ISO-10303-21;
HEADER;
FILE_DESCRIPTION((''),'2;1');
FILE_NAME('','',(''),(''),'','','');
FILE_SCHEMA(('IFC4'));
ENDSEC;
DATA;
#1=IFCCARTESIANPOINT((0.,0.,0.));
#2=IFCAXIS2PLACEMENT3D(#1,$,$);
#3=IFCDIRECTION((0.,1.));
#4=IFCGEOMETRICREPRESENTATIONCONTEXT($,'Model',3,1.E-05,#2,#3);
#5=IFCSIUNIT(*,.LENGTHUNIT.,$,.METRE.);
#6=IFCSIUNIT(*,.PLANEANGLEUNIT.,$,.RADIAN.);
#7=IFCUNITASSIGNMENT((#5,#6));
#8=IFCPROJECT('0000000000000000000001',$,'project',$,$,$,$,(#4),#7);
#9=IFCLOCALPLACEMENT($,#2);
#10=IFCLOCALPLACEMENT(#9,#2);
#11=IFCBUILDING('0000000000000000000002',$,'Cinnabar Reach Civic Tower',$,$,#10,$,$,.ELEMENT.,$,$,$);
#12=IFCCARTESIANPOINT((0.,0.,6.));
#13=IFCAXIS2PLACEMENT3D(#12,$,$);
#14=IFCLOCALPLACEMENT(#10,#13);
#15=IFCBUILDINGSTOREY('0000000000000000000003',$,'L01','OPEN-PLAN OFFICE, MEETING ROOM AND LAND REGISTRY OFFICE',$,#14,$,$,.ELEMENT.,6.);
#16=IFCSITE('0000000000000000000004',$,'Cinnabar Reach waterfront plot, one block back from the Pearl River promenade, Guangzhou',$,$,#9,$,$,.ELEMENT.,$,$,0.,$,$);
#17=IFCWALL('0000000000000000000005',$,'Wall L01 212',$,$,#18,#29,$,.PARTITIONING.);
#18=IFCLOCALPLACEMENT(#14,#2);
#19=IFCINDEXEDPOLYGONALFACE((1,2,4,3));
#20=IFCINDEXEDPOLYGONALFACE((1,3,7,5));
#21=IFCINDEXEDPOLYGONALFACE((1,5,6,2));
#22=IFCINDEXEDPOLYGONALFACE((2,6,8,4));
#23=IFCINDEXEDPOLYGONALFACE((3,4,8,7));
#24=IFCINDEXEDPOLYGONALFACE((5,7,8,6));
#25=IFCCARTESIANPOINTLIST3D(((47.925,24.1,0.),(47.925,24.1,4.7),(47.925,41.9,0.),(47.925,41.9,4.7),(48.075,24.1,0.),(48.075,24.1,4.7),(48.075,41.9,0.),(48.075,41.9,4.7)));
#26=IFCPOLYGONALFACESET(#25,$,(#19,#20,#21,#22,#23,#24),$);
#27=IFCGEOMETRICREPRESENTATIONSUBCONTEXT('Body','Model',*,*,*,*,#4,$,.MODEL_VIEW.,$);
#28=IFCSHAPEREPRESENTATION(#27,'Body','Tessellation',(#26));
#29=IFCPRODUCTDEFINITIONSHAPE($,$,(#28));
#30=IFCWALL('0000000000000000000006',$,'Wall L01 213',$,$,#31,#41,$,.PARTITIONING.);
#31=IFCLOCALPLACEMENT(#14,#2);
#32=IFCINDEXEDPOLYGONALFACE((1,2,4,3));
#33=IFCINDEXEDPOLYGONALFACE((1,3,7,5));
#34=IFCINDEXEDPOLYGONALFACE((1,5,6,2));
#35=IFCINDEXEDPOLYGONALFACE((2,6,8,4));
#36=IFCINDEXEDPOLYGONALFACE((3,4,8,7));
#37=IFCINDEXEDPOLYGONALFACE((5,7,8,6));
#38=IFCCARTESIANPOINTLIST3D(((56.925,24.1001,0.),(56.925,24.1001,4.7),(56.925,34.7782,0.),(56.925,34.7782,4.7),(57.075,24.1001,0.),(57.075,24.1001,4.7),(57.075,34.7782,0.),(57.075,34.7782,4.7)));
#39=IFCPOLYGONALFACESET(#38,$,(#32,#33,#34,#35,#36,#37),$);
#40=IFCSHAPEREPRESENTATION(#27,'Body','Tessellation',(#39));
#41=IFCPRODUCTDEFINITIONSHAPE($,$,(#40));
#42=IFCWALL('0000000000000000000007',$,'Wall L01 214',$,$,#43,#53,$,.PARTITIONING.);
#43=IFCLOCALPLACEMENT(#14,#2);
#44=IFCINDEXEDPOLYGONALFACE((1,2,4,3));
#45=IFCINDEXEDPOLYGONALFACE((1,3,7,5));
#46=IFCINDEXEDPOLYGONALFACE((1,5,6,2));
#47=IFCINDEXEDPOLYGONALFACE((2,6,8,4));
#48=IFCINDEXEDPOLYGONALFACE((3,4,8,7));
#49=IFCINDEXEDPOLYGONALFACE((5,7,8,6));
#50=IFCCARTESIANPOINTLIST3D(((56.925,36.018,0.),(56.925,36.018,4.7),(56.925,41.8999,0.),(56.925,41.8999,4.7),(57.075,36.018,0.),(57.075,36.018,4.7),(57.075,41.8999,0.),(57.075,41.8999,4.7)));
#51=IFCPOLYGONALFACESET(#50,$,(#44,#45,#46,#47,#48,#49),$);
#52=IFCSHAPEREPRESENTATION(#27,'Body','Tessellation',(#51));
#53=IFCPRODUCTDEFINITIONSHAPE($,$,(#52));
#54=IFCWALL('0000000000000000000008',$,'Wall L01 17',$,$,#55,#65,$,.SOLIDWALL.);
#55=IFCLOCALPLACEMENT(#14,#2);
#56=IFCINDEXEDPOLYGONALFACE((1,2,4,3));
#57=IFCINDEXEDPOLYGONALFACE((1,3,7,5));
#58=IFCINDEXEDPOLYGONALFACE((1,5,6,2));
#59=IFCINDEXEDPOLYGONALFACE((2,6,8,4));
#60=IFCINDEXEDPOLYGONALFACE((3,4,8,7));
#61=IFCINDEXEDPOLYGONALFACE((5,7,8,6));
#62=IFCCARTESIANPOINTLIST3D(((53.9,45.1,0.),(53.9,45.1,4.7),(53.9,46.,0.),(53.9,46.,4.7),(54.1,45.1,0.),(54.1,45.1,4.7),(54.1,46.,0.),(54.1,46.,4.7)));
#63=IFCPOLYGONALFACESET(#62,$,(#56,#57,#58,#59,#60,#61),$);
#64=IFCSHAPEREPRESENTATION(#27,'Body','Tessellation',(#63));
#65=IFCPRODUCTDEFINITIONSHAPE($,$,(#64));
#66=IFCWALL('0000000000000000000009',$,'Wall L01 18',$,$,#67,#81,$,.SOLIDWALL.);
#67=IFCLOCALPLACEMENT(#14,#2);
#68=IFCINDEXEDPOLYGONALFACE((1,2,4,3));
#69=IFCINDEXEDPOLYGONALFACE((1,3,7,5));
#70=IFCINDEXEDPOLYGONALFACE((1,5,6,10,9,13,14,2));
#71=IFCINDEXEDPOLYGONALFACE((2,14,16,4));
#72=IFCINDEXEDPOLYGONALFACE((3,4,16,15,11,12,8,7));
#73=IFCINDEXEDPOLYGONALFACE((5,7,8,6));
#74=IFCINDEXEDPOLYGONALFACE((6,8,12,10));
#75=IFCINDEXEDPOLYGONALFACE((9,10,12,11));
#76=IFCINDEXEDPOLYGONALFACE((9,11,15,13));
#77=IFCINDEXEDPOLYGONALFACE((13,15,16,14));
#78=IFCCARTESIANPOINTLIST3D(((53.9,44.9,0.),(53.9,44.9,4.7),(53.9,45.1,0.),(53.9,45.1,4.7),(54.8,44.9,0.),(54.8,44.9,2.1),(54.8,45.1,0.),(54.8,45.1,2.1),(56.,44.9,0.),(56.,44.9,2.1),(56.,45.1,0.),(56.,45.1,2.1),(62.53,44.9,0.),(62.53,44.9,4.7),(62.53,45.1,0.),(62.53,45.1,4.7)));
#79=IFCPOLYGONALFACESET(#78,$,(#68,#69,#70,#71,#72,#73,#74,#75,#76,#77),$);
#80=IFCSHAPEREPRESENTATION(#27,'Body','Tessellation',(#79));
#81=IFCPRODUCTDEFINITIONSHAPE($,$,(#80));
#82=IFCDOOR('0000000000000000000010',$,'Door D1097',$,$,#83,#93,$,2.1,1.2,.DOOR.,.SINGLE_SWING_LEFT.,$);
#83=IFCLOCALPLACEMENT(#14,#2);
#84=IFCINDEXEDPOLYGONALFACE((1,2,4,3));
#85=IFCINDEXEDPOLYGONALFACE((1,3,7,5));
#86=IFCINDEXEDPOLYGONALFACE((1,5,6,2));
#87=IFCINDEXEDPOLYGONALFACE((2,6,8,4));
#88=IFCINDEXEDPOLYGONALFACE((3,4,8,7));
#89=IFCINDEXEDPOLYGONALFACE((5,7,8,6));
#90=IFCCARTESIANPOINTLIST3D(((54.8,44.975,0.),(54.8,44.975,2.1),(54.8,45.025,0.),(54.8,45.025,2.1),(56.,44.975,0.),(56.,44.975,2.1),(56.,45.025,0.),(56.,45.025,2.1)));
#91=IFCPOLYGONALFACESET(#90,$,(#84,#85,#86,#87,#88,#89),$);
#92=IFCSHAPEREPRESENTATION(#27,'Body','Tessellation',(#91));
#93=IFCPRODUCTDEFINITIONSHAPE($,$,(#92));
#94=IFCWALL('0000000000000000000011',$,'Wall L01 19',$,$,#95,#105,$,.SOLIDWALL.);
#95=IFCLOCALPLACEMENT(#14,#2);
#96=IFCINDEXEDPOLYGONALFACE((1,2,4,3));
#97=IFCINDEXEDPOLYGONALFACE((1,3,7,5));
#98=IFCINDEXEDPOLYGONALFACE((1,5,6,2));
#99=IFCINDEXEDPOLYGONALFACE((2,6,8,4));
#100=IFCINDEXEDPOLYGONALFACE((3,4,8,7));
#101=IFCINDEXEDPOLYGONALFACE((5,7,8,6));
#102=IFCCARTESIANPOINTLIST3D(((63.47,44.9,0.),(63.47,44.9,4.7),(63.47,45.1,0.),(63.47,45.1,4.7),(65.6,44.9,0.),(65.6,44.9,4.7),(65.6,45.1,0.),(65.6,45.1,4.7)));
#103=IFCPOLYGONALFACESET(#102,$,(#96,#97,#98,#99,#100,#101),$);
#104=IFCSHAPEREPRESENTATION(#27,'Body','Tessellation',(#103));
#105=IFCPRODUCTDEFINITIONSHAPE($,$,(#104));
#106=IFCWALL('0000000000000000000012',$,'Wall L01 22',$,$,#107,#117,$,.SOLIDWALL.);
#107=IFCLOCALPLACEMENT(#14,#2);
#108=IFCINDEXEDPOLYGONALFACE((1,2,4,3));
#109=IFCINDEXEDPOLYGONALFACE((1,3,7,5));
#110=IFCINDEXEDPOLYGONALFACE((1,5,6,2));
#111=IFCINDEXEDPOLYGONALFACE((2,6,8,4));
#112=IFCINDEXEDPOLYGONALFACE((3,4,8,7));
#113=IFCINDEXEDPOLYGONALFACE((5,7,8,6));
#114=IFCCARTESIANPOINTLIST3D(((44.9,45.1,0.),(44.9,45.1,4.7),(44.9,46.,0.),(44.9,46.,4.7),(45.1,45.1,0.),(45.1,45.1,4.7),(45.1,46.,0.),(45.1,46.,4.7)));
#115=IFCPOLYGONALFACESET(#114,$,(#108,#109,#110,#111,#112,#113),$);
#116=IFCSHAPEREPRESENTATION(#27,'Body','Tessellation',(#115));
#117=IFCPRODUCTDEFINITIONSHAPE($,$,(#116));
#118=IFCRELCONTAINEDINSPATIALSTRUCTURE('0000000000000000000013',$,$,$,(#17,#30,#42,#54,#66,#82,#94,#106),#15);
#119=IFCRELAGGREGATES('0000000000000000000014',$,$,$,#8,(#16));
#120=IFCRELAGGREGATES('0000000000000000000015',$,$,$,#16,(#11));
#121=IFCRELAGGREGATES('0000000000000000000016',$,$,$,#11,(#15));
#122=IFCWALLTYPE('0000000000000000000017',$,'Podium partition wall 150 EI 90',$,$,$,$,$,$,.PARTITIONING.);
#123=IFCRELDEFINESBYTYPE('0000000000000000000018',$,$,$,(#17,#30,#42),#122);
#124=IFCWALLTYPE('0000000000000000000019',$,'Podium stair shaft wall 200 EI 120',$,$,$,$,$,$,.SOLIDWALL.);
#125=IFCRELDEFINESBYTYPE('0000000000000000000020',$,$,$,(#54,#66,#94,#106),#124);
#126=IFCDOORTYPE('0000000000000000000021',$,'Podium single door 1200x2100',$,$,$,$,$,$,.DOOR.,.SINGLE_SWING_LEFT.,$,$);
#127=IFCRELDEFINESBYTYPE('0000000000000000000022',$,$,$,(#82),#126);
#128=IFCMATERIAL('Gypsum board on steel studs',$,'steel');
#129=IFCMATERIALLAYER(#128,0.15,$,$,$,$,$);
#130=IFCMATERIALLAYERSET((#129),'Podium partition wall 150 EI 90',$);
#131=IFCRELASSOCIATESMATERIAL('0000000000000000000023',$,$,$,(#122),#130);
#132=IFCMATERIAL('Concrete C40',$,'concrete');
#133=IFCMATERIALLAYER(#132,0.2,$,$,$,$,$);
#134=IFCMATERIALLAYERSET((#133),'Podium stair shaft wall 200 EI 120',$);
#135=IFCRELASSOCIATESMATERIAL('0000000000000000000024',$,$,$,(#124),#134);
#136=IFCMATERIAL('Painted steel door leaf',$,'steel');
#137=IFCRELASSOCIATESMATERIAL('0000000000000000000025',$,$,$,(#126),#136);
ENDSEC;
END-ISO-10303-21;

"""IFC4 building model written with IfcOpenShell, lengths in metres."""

from ifc_helpers import new_model, si_unit, direction, frame, frame_2d, origin, place, context, subcontext, project, spatial, rectangle, extrude, material, layer, layer_set, type_object, element, fill, save


model = new_model("IFC4")

# Units and contexts
model_context = context("Model", 3, precision=1e-05, world=origin(), true_north=direction((0.0, 1.0)))
body_context = subcontext(model_context, "Body", "Model", "MODEL_VIEW")
ifc_project = project(units=[si_unit("LENGTHUNIT", "METRE"), si_unit("PLANEANGLEUNIT", "RADIAN")], contexts=[model_context])

# Site, building, storey
site_placement = place(None, origin())
site = spatial("IfcSite", under=ifc_project, at=site_placement, Name="Cinnabar Reach waterfront plot, one block back from the Pearl River promenade, Guangzhou", CompositionType="ELEMENT", RefElevation=0.0)
building_placement = place(site_placement, origin())
building = spatial("IfcBuilding", under=site, at=building_placement, Name="Cinnabar Reach Civic Tower", CompositionType="ELEMENT")
storey_placement = place(building_placement, frame((0.0, 0.0, 6.0)))
storey = spatial("IfcBuildingStorey", under=building, at=storey_placement, Name="L01", Description="OPEN-PLAN OFFICE, MEETING ROOM AND LAND REGISTRY OFFICE", CompositionType="ELEMENT", Elevation=6.0)

# Shared definitions
ifc_material_1 = material(Name="Painted steel door leaf", Category="steel")

# Walls
ifc_material_2 = material(Name="Gypsum board on steel studs", Category="steel")
ifc_layer_1 = layer(ifc_material_2, 0.15)
ifc_layer_set_1 = layer_set([ifc_layer_1], Name="Podium partition wall 150 EI 90")
wall_type_1 = type_object("IfcWallType", Name="Podium partition wall 150 EI 90", PredefinedType="PARTITIONING", material=ifc_layer_set_1)
wall_1_placement = place(storey_placement, frame((48.0, 24.1, 0.0), z_axis=(0.0, 0.0, 1.0), x_axis=(0.0, 1.0, 0.0)))
element("IfcWall", 1, at=wall_1_placement, inside=storey, type_object=wall_type_1, Name="Wall L01 212", PredefinedType="PARTITIONING", context=body_context, shape_type="SweptSolid", body=[
    extrude(rectangle(XDim=17.8, YDim=0.15, at=frame_2d((8.9, 0.0))), origin(), (0.0, 0.0, 1.0), 4.7),
])
wall_2_placement = place(storey_placement, frame((57.0, 24.1, 0.0), z_axis=(0.0, 0.0, 1.0), x_axis=(0.0, 1.0, 0.0)))
element("IfcWall", 2, at=wall_2_placement, inside=storey, type_object=wall_type_1, Name="Wall L01 213", PredefinedType="PARTITIONING", context=body_context, shape_type="SweptSolid", body=[
    extrude(rectangle(XDim=10.6781, YDim=0.15, at=frame_2d((5.3391, 0.0))), origin(), (0.0, 0.0, 1.0), 4.7),
])
wall_3_placement = place(storey_placement, frame((57.0, 36.0181, 0.0), z_axis=(0.0, 0.0, 1.0), x_axis=(0.0, 1.0, 0.0)))
element("IfcWall", 3, at=wall_3_placement, inside=storey, type_object=wall_type_1, Name="Wall L01 214", PredefinedType="PARTITIONING", context=body_context, shape_type="SweptSolid", body=[
    extrude(rectangle(XDim=5.8819, YDim=0.15, at=frame_2d((2.9409, 0.0))), origin(), (0.0, 0.0, 1.0), 4.7),
])
ifc_material_3 = material(Name="Concrete C40", Category="concrete")
ifc_layer_2 = layer(ifc_material_3, 0.2)
ifc_layer_set_2 = layer_set([ifc_layer_2], Name="Podium stair shaft wall 200 EI 120")
wall_type_2 = type_object("IfcWallType", Name="Podium stair shaft wall 200 EI 120", PredefinedType="SOLIDWALL", material=ifc_layer_set_2)
wall_4_placement = place(storey_placement, frame((54.0, 45.1, 0.0), z_axis=(0.0, 0.0, 1.0), x_axis=(0.0, 1.0, 0.0)))
element("IfcWall", 4, at=wall_4_placement, inside=storey, type_object=wall_type_2, Name="Wall L01 17", PredefinedType="SOLIDWALL", context=body_context, shape_type="SweptSolid", body=[
    extrude(rectangle(XDim=0.9, YDim=0.2, at=frame_2d((0.45, 0.0))), origin(), (0.0, 0.0, 1.0), 4.7),
])

# Wall, opening, door
wall_5_placement = place(storey_placement, frame((53.9, 45.0, 0.0), z_axis=(0.0, 0.0, 1.0), x_axis=(1.0, 0.0, 0.0)))
wall_5 = element("IfcWall", 5, at=wall_5_placement, inside=storey, type_object=wall_type_2, Name="Wall L01 18", PredefinedType="SOLIDWALL", context=body_context, shape_type="SweptSolid", body=[
    extrude(rectangle(XDim=8.63, YDim=0.2, at=frame_2d((4.315, 0.0))), origin(), (0.0, 0.0, 1.0), 4.7),
])
opening_1_placement = place(wall_5_placement, frame((0.9, 0.0, 0.0)))
opening_1 = element("IfcOpeningElement", 6, at=opening_1_placement, cuts=wall_5, PredefinedType="OPENING", context=body_context, shape_type="SweptSolid", body=[
    extrude(rectangle(XDim=1.2, YDim=2.1, at=frame_2d((0.6, 1.05))), frame((0.0, 0.11, 0.0), z_axis=(0.0, -1.0, 0.0), x_axis=(1.0, 0.0, 0.0)), (0.0, 0.0, 1.0), 0.22),
])
door_type_1 = type_object("IfcDoorType", Name="Podium single door 1200x2100", OperationType="SINGLE_SWING_LEFT", PredefinedType="DOOR", material=ifc_material_1)
door_1_placement = place(opening_1_placement, origin())
door_1 = element("IfcDoor", 7, at=door_1_placement, inside=storey, type_object=door_type_1, Name="Door D1097", OperationType="SINGLE_SWING_LEFT", OverallHeight=2.1, OverallWidth=1.2, PredefinedType="DOOR", context=body_context, shape_type="SweptSolid", body=[
    extrude(rectangle(XDim=1.2, YDim=2.1, at=frame_2d((0.6, 1.05))), frame((0.0, 0.025, 0.0), z_axis=(0.0, -1.0, 0.0), x_axis=(1.0, 0.0, 0.0)), (0.0, 0.0, 1.0), 0.05),
])
fill(opening_1, door_1)

# Walls
wall_6_placement = place(storey_placement, frame((63.47, 45.0, 0.0), z_axis=(0.0, 0.0, 1.0), x_axis=(1.0, 0.0, 0.0)))
element("IfcWall", 8, at=wall_6_placement, inside=storey, type_object=wall_type_2, Name="Wall L01 19", PredefinedType="SOLIDWALL", context=body_context, shape_type="SweptSolid", body=[
    extrude(rectangle(XDim=2.13, YDim=0.2, at=frame_2d((1.065, 0.0))), origin(), (0.0, 0.0, 1.0), 4.7),
])
wall_7_placement = place(storey_placement, frame((45.0, 45.1, 0.0), z_axis=(0.0, 0.0, 1.0), x_axis=(0.0, 1.0, 0.0)))
element("IfcWall", 9, at=wall_7_placement, inside=storey, type_object=wall_type_2, Name="Wall L01 22", PredefinedType="SOLIDWALL", context=body_context, shape_type="SweptSolid", body=[
    extrude(rectangle(XDim=0.9, YDim=0.2, at=frame_2d((0.45, 0.0))), origin(), (0.0, 0.0, 1.0), 4.7),
])

save(model, "model.ifc")
